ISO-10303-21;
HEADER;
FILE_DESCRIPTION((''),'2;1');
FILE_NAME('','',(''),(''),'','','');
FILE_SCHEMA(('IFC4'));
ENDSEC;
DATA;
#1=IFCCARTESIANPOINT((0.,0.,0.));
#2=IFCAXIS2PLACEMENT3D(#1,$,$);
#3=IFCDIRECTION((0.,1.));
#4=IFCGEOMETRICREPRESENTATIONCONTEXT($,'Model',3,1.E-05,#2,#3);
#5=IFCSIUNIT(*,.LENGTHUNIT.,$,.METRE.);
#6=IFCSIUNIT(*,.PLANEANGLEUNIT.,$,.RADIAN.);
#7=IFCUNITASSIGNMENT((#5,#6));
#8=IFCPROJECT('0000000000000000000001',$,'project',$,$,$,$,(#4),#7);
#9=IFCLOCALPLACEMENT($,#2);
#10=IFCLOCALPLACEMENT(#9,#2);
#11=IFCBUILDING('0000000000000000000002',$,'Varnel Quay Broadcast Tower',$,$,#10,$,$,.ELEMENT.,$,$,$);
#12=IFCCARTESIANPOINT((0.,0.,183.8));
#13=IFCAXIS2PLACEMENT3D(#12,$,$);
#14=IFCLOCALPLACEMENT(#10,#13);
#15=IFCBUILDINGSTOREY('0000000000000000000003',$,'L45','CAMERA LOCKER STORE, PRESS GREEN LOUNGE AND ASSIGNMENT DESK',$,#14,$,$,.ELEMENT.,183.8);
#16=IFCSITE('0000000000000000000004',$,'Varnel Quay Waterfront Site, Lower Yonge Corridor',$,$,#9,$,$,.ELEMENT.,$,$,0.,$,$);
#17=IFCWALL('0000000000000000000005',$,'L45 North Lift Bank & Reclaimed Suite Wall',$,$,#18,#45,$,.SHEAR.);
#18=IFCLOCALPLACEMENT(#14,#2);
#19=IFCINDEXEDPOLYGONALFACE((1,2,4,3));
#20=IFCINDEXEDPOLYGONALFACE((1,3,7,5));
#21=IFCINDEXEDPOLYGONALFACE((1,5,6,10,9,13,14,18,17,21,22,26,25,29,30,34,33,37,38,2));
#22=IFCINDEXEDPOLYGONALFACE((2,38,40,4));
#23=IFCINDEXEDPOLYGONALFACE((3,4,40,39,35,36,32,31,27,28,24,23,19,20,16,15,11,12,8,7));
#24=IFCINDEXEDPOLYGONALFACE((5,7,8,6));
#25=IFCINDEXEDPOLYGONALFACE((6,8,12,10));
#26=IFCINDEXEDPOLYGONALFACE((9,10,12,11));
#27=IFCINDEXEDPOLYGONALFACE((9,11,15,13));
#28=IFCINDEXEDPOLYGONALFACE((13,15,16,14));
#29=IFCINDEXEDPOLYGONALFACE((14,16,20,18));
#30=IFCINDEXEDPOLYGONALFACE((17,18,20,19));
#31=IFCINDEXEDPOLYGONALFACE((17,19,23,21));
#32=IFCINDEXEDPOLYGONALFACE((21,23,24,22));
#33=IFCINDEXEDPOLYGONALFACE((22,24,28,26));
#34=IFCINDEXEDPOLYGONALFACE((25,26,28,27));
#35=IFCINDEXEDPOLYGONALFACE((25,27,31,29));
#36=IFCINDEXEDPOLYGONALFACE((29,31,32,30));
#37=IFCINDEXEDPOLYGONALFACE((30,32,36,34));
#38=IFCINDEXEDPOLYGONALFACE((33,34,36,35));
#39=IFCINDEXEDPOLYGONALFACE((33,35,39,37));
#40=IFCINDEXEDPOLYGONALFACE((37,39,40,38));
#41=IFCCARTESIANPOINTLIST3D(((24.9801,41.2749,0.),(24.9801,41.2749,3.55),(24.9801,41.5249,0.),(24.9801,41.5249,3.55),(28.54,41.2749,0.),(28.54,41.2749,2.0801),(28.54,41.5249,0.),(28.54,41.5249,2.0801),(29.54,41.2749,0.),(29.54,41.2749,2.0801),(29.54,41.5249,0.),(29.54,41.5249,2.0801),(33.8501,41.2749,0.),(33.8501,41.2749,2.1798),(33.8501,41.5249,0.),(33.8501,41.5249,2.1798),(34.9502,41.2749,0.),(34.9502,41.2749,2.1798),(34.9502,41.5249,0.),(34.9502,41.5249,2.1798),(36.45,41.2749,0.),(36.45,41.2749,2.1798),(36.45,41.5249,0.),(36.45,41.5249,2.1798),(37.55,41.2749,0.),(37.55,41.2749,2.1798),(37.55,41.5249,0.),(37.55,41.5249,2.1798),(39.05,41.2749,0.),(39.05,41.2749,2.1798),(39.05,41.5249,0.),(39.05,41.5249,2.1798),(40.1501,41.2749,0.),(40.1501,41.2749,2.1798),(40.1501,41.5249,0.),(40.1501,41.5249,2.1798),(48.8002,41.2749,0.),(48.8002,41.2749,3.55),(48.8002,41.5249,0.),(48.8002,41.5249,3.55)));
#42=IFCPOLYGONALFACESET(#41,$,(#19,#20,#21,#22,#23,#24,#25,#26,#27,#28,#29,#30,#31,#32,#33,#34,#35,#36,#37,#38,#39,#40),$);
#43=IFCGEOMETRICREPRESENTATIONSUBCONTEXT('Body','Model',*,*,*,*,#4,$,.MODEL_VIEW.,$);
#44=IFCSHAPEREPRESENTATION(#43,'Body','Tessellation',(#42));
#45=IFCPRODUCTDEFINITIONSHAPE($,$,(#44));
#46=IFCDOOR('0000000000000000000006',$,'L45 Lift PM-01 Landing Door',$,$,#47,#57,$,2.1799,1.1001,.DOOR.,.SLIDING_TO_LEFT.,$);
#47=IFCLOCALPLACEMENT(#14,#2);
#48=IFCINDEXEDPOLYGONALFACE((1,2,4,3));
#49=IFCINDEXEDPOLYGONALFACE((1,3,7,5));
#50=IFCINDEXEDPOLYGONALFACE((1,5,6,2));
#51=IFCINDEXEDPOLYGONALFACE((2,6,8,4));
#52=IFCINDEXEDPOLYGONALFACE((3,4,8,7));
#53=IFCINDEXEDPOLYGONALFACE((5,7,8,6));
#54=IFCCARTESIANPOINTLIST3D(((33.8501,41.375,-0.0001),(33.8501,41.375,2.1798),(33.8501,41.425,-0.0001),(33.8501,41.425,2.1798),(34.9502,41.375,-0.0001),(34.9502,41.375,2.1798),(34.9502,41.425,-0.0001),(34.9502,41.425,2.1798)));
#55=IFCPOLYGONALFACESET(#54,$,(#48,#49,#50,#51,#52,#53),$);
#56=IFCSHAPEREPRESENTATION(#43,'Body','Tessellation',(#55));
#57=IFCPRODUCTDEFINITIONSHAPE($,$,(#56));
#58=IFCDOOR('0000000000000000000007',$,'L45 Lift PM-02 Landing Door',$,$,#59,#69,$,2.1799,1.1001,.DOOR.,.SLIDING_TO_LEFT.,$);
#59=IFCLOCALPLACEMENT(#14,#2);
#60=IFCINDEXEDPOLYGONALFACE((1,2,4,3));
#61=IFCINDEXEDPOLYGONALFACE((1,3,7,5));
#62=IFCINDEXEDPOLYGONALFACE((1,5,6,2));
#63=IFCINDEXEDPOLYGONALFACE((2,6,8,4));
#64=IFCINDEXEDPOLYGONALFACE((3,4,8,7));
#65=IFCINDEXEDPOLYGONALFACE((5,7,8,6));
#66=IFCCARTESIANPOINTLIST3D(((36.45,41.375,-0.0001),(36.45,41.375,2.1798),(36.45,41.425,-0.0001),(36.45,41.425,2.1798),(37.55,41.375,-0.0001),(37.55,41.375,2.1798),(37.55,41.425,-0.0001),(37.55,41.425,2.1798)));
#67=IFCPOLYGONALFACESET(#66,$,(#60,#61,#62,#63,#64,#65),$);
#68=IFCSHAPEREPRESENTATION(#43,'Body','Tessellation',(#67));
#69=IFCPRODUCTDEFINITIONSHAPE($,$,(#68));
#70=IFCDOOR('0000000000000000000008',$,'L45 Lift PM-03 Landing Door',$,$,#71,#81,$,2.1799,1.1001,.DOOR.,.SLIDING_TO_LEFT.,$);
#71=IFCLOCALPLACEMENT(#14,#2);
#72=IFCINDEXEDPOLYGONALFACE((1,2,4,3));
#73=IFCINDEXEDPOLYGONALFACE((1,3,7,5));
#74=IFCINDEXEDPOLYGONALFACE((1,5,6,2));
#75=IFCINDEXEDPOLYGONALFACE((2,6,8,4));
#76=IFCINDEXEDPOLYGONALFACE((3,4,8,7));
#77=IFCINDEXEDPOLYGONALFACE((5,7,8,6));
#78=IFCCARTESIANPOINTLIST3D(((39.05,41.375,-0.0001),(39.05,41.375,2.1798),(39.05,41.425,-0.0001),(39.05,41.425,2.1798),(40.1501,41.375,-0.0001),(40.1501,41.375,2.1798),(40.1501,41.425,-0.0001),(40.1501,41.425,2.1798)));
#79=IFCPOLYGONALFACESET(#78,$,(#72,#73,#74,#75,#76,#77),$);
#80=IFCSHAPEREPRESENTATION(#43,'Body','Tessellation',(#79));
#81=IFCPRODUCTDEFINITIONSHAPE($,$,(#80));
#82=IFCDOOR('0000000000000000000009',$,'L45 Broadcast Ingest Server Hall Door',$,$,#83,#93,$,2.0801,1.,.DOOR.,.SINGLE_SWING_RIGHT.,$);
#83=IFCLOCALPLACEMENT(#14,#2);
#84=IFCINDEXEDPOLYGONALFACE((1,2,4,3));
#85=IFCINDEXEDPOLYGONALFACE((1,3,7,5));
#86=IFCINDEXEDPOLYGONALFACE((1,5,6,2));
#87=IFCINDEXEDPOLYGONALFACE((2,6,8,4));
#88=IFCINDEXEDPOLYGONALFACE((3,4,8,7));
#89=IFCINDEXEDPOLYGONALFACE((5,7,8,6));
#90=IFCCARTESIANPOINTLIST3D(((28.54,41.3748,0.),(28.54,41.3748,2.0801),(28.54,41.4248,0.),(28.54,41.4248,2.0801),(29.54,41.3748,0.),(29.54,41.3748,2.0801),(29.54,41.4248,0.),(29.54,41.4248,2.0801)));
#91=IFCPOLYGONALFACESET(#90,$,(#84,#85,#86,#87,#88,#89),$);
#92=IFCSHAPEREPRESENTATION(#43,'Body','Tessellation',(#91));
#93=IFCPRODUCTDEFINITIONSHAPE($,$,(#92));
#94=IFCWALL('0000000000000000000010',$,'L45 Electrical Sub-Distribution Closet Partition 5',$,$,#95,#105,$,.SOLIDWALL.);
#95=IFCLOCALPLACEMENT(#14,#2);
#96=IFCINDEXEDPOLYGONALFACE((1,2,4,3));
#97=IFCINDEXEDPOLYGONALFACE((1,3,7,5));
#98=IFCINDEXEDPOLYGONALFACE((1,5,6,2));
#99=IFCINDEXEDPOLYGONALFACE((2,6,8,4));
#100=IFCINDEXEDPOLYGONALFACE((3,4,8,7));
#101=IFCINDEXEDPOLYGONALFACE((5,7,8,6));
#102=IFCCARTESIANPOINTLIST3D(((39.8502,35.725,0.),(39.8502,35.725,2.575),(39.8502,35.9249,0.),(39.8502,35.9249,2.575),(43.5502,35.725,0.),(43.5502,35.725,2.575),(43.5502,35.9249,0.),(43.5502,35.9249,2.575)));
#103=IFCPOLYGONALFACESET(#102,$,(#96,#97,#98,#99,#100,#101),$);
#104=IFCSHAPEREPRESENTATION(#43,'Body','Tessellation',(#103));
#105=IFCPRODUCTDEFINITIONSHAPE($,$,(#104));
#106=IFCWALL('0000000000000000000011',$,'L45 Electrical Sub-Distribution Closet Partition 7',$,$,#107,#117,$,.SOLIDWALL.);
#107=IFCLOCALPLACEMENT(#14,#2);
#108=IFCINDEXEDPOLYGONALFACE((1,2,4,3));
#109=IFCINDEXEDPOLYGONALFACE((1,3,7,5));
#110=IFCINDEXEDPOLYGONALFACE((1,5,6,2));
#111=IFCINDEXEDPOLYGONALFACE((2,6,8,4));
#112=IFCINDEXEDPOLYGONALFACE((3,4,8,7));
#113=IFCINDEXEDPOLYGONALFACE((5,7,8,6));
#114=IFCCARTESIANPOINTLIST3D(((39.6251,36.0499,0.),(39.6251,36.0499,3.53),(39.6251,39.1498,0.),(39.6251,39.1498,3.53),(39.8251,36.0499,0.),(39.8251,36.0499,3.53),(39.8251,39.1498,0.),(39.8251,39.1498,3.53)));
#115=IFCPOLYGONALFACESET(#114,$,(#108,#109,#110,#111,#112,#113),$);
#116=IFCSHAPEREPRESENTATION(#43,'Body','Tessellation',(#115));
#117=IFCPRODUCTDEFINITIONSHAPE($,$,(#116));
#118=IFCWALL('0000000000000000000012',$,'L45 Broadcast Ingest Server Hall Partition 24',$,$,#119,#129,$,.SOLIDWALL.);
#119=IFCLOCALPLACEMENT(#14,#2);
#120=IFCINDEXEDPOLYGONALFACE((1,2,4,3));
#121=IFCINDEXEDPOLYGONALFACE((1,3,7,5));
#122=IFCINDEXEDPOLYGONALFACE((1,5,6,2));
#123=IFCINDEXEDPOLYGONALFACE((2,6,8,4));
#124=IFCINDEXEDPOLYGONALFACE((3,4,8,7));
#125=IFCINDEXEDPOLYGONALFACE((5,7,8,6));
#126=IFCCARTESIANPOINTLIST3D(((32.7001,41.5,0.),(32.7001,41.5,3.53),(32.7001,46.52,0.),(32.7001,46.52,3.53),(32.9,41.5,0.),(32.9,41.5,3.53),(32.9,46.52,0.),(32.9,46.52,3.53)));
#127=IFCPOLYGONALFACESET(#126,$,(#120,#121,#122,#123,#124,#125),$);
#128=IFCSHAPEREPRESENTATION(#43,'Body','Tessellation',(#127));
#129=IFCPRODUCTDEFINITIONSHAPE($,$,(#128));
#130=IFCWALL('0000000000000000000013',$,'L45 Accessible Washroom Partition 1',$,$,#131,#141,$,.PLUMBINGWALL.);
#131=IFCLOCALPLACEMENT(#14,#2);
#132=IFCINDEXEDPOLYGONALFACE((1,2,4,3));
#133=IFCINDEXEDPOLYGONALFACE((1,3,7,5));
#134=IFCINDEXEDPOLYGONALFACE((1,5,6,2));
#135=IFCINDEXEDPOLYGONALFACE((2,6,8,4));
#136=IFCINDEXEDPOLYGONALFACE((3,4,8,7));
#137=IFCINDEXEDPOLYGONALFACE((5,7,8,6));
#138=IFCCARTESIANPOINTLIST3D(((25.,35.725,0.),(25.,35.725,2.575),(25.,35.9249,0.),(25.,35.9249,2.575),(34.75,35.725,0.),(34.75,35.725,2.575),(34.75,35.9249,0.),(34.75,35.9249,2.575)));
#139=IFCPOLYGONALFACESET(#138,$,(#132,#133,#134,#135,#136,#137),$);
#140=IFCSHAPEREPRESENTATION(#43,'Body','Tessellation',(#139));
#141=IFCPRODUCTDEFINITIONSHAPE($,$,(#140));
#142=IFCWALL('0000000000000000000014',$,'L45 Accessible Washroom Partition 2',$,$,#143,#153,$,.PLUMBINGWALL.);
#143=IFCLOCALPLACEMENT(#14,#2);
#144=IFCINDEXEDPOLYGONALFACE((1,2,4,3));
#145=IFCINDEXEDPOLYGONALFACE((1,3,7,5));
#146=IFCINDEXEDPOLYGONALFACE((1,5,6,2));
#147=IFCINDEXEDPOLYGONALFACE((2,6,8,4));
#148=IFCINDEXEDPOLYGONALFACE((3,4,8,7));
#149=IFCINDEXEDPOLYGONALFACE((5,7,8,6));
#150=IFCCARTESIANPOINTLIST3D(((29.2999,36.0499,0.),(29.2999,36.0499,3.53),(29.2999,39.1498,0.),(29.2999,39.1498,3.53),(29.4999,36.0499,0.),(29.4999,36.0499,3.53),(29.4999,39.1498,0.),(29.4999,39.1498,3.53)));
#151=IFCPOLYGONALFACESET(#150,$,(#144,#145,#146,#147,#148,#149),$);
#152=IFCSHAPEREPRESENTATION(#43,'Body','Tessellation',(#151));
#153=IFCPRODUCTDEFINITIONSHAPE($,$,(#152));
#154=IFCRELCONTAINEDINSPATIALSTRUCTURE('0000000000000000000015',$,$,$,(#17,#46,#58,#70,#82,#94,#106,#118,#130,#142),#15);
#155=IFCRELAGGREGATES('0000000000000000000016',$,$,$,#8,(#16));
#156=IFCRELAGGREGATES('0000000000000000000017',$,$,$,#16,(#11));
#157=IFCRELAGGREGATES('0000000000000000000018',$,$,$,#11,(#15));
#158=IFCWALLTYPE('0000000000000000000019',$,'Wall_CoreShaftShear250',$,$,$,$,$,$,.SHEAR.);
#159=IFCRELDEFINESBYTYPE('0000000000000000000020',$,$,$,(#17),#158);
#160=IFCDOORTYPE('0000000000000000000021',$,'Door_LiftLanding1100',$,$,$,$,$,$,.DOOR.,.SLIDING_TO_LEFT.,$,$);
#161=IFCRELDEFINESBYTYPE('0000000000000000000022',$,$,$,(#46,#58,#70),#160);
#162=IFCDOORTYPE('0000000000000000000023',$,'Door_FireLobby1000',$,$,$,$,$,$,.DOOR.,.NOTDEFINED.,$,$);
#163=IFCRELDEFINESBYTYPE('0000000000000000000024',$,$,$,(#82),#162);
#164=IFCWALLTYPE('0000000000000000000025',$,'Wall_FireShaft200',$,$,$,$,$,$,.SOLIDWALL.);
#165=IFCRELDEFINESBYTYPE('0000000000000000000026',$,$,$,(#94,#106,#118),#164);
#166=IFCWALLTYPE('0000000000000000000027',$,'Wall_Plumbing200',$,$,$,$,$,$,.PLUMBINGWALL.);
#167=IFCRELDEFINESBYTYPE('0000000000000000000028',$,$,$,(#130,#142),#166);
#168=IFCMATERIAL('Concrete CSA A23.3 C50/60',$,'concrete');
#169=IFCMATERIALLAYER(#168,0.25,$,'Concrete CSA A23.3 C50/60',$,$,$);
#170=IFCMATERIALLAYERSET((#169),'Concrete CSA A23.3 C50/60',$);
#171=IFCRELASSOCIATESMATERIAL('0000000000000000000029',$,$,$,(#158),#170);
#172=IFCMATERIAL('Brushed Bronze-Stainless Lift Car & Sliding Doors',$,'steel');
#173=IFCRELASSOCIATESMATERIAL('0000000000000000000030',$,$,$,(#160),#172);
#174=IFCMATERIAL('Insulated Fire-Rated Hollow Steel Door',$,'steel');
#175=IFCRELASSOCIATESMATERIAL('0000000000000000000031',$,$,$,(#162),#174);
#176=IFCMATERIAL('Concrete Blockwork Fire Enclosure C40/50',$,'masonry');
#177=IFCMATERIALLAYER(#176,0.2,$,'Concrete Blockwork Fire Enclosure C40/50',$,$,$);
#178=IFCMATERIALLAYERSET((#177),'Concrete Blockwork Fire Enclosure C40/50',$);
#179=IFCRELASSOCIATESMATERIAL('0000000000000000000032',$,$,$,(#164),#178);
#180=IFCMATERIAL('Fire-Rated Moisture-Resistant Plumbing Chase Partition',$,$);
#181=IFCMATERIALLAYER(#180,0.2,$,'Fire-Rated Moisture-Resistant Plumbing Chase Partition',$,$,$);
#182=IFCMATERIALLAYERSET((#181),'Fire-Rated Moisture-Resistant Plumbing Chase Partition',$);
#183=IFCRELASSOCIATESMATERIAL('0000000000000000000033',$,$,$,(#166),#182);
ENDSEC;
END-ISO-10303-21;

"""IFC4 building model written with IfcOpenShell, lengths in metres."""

from ifc_helpers import new_model, si_unit, direction, frame, frame_2d, origin, place, context, subcontext, project, spatial, rectangle, extrude, source, transform, mapped, material, layer, layer_set, type_object, type_shapes, element, fill, save


model = new_model("IFC4")

# Units and contexts
model_context = context("Model", 3, precision=1e-05, world=origin(), true_north=direction((0.0, 1.0)))
body_context = subcontext(model_context, "Body", "Model", "MODEL_VIEW")
ifc_project = project(units=[si_unit("LENGTHUNIT", "METRE"), si_unit("PLANEANGLEUNIT", "RADIAN")], contexts=[model_context])

# Site, building, storey
site_placement = place(None, origin())
site = spatial("IfcSite", under=ifc_project, at=site_placement, Name="Varnel Quay Waterfront Site, Lower Yonge Corridor", CompositionType="ELEMENT", RefElevation=0.0)
building_placement = place(site_placement, origin())
building = spatial("IfcBuilding", under=site, at=building_placement, Name="Varnel Quay Broadcast Tower", CompositionType="ELEMENT")
storey_placement = place(building_placement, frame((0.0, 0.0, 183.8)))
storey = spatial("IfcBuildingStorey", under=building, at=storey_placement, Name="L45", Description="CAMERA LOCKER STORE, PRESS GREEN LOUNGE AND ASSIGNMENT DESK", CompositionType="ELEMENT", Elevation=183.8)

# Shared definitions
ifc_material_1 = material(Name="Concrete CSA A23.3 C50/60", Category="concrete")

# Wall, openings, doors
ifc_layer_1 = layer(ifc_material_1, 0.25, Name="Concrete CSA A23.3 C50/60")
ifc_layer_set_1 = layer_set([ifc_layer_1], Name="Concrete CSA A23.3 C50/60")
wall_type_1 = type_object("IfcWallType", Name="Wall_CoreShaftShear250", PredefinedType="SHEAR", material=ifc_layer_set_1)
wall_1_placement = place(storey_placement, frame((24.98, 41.3999, 0.0), z_axis=(0.0, 0.0, 1.0), x_axis=(1.0, 0.0, 0.0)))
wall_1 = element("IfcWall", 1, at=wall_1_placement, inside=storey, type_object=wall_type_1, Name="L45 North Lift Bank & Reclaimed Suite Wall", PredefinedType="SHEAR", context=body_context, shape_type="SweptSolid", body=[
    extrude(rectangle(XDim=23.8201, YDim=0.25, at=frame_2d((11.9102, 0.0))), origin(), (0.0, 0.0, 1.0), 3.55),
])
opening_1_placement = place(wall_1_placement, frame((8.8701, 0.0, 0.0)))
opening_1 = element("IfcOpeningElement", 2, at=opening_1_placement, cuts=wall_1, PredefinedType="OPENING", context=body_context, shape_type="SweptSolid", body=[
    extrude(rectangle(XDim=1.1001, YDim=2.1799, at=frame_2d((0.55, 1.0898))), frame((0.0, 0.135, 0.0), z_axis=(0.0, -1.0, 0.0), x_axis=(1.0, 0.0, 0.0)), (0.0, 0.0, 1.0), 0.27),
])
opening_2_placement = place(wall_1_placement, frame((11.47, 0.0, 0.0)))
opening_2 = element("IfcOpeningElement", 3, at=opening_2_placement, cuts=wall_1, PredefinedType="OPENING", context=body_context, shape_type="SweptSolid", body=[
    extrude(rectangle(XDim=1.1001, YDim=2.1799, at=frame_2d((0.55, 1.0898))), frame((0.0, 0.135, 0.0), z_axis=(0.0, -1.0, 0.0), x_axis=(1.0, 0.0, 0.0)), (0.0, 0.0, 1.0), 0.27),
])
opening_3_placement = place(wall_1_placement, frame((14.0701, 0.0, 0.0)))
opening_3 = element("IfcOpeningElement", 4, at=opening_3_placement, cuts=wall_1, PredefinedType="OPENING", context=body_context, shape_type="SweptSolid", body=[
    extrude(rectangle(XDim=1.1001, YDim=2.1799, at=frame_2d((0.55, 1.0898))), frame((0.0, 0.135, 0.0), z_axis=(0.0, -1.0, 0.0), x_axis=(1.0, 0.0, 0.0)), (0.0, 0.0, 1.0), 0.27),
])
opening_4_placement = place(wall_1_placement, frame((3.5601, 0.0, 0.0)))
opening_4 = element("IfcOpeningElement", 5, at=opening_4_placement, cuts=wall_1, PredefinedType="OPENING", context=body_context, shape_type="SweptSolid", body=[
    extrude(rectangle(XDim=1.0, YDim=2.0801, at=frame_2d((0.5, 1.04))), frame((0.0, 0.135, 0.0), z_axis=(0.0, -1.0, 0.0), x_axis=(1.0, 0.0, 0.0)), (0.0, 0.0, 1.0), 0.27),
])
ifc_material_2 = material(Name="Brushed Bronze-Stainless Lift Car & Sliding Doors", Category="steel")
door_type_1 = type_object("IfcDoorType", Name="Door_LiftLanding1100", OperationType="SLIDING_TO_LEFT", PredefinedType="DOOR", material=ifc_material_2)
shared_shape_1 = source(origin(), body_context, "Body", "SweptSolid", [
    extrude(rectangle(XDim=1.1001, YDim=2.1799, at=frame_2d((0.55, 1.0898))), frame((0.0, 0.0249, 0.0), z_axis=(0.0, -1.0, 0.0), x_axis=(1.0, 0.0, 0.0)), (0.0, 0.0, 1.0), 0.05),
])
type_shapes(door_type_1, [shared_shape_1])
door_1_placement = place(opening_1_placement, frame((1.1001, 0.0, 0.0), z_axis=(0.0, 0.0, 1.0), x_axis=(-1.0, 0.0, 0.0)))
door_1 = element("IfcDoor", 6, at=door_1_placement, inside=storey, type_object=door_type_1, Name="L45 Lift PM-01 Landing Door", OperationType="SLIDING_TO_LEFT", OverallHeight=2.1799, OverallWidth=1.1001, PredefinedType="DOOR", context=body_context, shape_type="MappedRepresentation", body=[
    mapped(shared_shape_1, transform((0.0, 0.0, 0.0), x_axis=(1.0, 0.0, 0.0), y_axis=(0.0, 1.0, 0.0), z_axis=(0.0, 0.0, 1.0), scale=1.0)),
])
fill(opening_1, door_1)
door_2_placement = place(opening_2_placement, frame((1.1001, 0.0, 0.0), z_axis=(0.0, 0.0, 1.0), x_axis=(-1.0, 0.0, 0.0)))
door_2 = element("IfcDoor", 7, at=door_2_placement, inside=storey, type_object=door_type_1, Name="L45 Lift PM-02 Landing Door", OperationType="SLIDING_TO_LEFT", OverallHeight=2.1799, OverallWidth=1.1001, PredefinedType="DOOR", context=body_context, shape_type="MappedRepresentation", body=[
    mapped(shared_shape_1, transform((0.0, 0.0, 0.0), x_axis=(1.0, 0.0, 0.0), y_axis=(0.0, 1.0, 0.0), z_axis=(0.0, 0.0, 1.0), scale=1.0)),
])
fill(opening_2, door_2)
door_3_placement = place(opening_3_placement, frame((1.1001, 0.0, 0.0), z_axis=(0.0, 0.0, 1.0), x_axis=(-1.0, 0.0, 0.0)))
door_3 = element("IfcDoor", 8, at=door_3_placement, inside=storey, type_object=door_type_1, Name="L45 Lift PM-03 Landing Door", OperationType="SLIDING_TO_LEFT", OverallHeight=2.1799, OverallWidth=1.1001, PredefinedType="DOOR", context=body_context, shape_type="MappedRepresentation", body=[
    mapped(shared_shape_1, transform((0.0, 0.0, 0.0), x_axis=(1.0, 0.0, 0.0), y_axis=(0.0, 1.0, 0.0), z_axis=(0.0, 0.0, 1.0), scale=1.0)),
])
fill(opening_3, door_3)
ifc_material_3 = material(Name="Insulated Fire-Rated Hollow Steel Door", Category="steel")
door_type_2 = type_object("IfcDoorType", Name="Door_FireLobby1000", OperationType="NOTDEFINED", PredefinedType="DOOR", material=ifc_material_3)
shared_shape_2 = source(origin(), body_context, "Body", "SweptSolid", [
    extrude(rectangle(XDim=1.0, YDim=2.0801, at=frame_2d((0.5, 1.04))), frame((0.0, 0.0249, 0.0), z_axis=(0.0, -1.0, 0.0), x_axis=(1.0, 0.0, 0.0)), (0.0, 0.0, 1.0), 0.05),
])
type_shapes(door_type_2, [shared_shape_2])
door_4_placement = place(opening_4_placement, origin())
door_4 = element("IfcDoor", 9, at=door_4_placement, inside=storey, type_object=door_type_2, Name="L45 Broadcast Ingest Server Hall Door", OperationType="SINGLE_SWING_RIGHT", OverallHeight=2.0801, OverallWidth=1.0, PredefinedType="DOOR", context=body_context, shape_type="MappedRepresentation", body=[
    mapped(shared_shape_2, transform((0.0, 0.0, 0.0), x_axis=(1.0, 0.0, 0.0), y_axis=(0.0, 1.0, 0.0), z_axis=(0.0, 0.0, 1.0), scale=1.0)),
])
fill(opening_4, door_4)

# Walls
ifc_material_4 = material(Name="Concrete Blockwork Fire Enclosure C40/50", Category="masonry")
ifc_layer_2 = layer(ifc_material_4, 0.2, Name="Concrete Blockwork Fire Enclosure C40/50")
ifc_layer_set_2 = layer_set([ifc_layer_2], Name="Concrete Blockwork Fire Enclosure C40/50")
wall_type_2 = type_object("IfcWallType", Name="Wall_FireShaft200", PredefinedType="SOLIDWALL", material=ifc_layer_set_2)
wall_2_placement = place(storey_placement, frame((39.8501, 35.825, 0.0), z_axis=(0.0, 0.0, 1.0), x_axis=(1.0, 0.0, 0.0)))
element("IfcWall", 10, at=wall_2_placement, inside=storey, type_object=wall_type_2, Name="L45 Electrical Sub-Distribution Closet Partition 5", PredefinedType="SOLIDWALL", context=body_context, shape_type="SweptSolid", body=[
    extrude(rectangle(XDim=3.7, YDim=0.2, at=frame_2d((1.8501, 0.0))), origin(), (0.0, 0.0, 1.0), 2.575),
])
wall_3_placement = place(storey_placement, frame((39.7251, 36.05, 0.0), z_axis=(0.0, 0.0, 1.0), x_axis=(0.0, 1.0, 0.0)))
element("IfcWall", 11, at=wall_3_placement, inside=storey, type_object=wall_type_2, Name="L45 Electrical Sub-Distribution Closet Partition 7", PredefinedType="SOLIDWALL", context=body_context, shape_type="SweptSolid", body=[
    extrude(rectangle(XDim=3.0999, YDim=0.2, at=frame_2d((1.5498, 0.0))), origin(), (0.0, 0.0, 1.0), 3.53),
])
wall_4_placement = place(storey_placement, frame((32.8, 41.5, 0.0), z_axis=(0.0, 0.0, 1.0), x_axis=(0.0, 1.0, 0.0)))
element("IfcWall", 12, at=wall_4_placement, inside=storey, type_object=wall_type_2, Name="L45 Broadcast Ingest Server Hall Partition 24", PredefinedType="SOLIDWALL", context=body_context, shape_type="SweptSolid", body=[
    extrude(rectangle(XDim=5.02, YDim=0.2, at=frame_2d((2.51, 0.0))), origin(), (0.0, 0.0, 1.0), 3.53),
])
ifc_material_5 = material(Name="Fire-Rated Moisture-Resistant Plumbing Chase Partition")
ifc_layer_3 = layer(ifc_material_5, 0.2, Name="Fire-Rated Moisture-Resistant Plumbing Chase Partition")
ifc_layer_set_3 = layer_set([ifc_layer_3], Name="Fire-Rated Moisture-Resistant Plumbing Chase Partition")
wall_type_3 = type_object("IfcWallType", Name="Wall_Plumbing200", PredefinedType="PLUMBINGWALL", material=ifc_layer_set_3)
wall_5_placement = place(storey_placement, frame((25.0, 35.825, 0.0), z_axis=(0.0, 0.0, 1.0), x_axis=(1.0, 0.0, 0.0)))
element("IfcWall", 13, at=wall_5_placement, inside=storey, type_object=wall_type_3, Name="L45 Accessible Washroom Partition 1", PredefinedType="PLUMBINGWALL", context=body_context, shape_type="SweptSolid", body=[
    extrude(rectangle(XDim=9.75, YDim=0.2, at=frame_2d((4.875, 0.0))), origin(), (0.0, 0.0, 1.0), 2.575),
])
wall_6_placement = place(storey_placement, frame((29.3999, 36.05, 0.0), z_axis=(0.0, 0.0, 1.0), x_axis=(0.0, 1.0, 0.0)))
element("IfcWall", 14, at=wall_6_placement, inside=storey, type_object=wall_type_3, Name="L45 Accessible Washroom Partition 2", PredefinedType="PLUMBINGWALL", context=body_context, shape_type="SweptSolid", body=[
    extrude(rectangle(XDim=3.0999, YDim=0.2, at=frame_2d((1.5498, 0.0))), origin(), (0.0, 0.0, 1.0), 3.53),
])

save(model, "model.ifc")
